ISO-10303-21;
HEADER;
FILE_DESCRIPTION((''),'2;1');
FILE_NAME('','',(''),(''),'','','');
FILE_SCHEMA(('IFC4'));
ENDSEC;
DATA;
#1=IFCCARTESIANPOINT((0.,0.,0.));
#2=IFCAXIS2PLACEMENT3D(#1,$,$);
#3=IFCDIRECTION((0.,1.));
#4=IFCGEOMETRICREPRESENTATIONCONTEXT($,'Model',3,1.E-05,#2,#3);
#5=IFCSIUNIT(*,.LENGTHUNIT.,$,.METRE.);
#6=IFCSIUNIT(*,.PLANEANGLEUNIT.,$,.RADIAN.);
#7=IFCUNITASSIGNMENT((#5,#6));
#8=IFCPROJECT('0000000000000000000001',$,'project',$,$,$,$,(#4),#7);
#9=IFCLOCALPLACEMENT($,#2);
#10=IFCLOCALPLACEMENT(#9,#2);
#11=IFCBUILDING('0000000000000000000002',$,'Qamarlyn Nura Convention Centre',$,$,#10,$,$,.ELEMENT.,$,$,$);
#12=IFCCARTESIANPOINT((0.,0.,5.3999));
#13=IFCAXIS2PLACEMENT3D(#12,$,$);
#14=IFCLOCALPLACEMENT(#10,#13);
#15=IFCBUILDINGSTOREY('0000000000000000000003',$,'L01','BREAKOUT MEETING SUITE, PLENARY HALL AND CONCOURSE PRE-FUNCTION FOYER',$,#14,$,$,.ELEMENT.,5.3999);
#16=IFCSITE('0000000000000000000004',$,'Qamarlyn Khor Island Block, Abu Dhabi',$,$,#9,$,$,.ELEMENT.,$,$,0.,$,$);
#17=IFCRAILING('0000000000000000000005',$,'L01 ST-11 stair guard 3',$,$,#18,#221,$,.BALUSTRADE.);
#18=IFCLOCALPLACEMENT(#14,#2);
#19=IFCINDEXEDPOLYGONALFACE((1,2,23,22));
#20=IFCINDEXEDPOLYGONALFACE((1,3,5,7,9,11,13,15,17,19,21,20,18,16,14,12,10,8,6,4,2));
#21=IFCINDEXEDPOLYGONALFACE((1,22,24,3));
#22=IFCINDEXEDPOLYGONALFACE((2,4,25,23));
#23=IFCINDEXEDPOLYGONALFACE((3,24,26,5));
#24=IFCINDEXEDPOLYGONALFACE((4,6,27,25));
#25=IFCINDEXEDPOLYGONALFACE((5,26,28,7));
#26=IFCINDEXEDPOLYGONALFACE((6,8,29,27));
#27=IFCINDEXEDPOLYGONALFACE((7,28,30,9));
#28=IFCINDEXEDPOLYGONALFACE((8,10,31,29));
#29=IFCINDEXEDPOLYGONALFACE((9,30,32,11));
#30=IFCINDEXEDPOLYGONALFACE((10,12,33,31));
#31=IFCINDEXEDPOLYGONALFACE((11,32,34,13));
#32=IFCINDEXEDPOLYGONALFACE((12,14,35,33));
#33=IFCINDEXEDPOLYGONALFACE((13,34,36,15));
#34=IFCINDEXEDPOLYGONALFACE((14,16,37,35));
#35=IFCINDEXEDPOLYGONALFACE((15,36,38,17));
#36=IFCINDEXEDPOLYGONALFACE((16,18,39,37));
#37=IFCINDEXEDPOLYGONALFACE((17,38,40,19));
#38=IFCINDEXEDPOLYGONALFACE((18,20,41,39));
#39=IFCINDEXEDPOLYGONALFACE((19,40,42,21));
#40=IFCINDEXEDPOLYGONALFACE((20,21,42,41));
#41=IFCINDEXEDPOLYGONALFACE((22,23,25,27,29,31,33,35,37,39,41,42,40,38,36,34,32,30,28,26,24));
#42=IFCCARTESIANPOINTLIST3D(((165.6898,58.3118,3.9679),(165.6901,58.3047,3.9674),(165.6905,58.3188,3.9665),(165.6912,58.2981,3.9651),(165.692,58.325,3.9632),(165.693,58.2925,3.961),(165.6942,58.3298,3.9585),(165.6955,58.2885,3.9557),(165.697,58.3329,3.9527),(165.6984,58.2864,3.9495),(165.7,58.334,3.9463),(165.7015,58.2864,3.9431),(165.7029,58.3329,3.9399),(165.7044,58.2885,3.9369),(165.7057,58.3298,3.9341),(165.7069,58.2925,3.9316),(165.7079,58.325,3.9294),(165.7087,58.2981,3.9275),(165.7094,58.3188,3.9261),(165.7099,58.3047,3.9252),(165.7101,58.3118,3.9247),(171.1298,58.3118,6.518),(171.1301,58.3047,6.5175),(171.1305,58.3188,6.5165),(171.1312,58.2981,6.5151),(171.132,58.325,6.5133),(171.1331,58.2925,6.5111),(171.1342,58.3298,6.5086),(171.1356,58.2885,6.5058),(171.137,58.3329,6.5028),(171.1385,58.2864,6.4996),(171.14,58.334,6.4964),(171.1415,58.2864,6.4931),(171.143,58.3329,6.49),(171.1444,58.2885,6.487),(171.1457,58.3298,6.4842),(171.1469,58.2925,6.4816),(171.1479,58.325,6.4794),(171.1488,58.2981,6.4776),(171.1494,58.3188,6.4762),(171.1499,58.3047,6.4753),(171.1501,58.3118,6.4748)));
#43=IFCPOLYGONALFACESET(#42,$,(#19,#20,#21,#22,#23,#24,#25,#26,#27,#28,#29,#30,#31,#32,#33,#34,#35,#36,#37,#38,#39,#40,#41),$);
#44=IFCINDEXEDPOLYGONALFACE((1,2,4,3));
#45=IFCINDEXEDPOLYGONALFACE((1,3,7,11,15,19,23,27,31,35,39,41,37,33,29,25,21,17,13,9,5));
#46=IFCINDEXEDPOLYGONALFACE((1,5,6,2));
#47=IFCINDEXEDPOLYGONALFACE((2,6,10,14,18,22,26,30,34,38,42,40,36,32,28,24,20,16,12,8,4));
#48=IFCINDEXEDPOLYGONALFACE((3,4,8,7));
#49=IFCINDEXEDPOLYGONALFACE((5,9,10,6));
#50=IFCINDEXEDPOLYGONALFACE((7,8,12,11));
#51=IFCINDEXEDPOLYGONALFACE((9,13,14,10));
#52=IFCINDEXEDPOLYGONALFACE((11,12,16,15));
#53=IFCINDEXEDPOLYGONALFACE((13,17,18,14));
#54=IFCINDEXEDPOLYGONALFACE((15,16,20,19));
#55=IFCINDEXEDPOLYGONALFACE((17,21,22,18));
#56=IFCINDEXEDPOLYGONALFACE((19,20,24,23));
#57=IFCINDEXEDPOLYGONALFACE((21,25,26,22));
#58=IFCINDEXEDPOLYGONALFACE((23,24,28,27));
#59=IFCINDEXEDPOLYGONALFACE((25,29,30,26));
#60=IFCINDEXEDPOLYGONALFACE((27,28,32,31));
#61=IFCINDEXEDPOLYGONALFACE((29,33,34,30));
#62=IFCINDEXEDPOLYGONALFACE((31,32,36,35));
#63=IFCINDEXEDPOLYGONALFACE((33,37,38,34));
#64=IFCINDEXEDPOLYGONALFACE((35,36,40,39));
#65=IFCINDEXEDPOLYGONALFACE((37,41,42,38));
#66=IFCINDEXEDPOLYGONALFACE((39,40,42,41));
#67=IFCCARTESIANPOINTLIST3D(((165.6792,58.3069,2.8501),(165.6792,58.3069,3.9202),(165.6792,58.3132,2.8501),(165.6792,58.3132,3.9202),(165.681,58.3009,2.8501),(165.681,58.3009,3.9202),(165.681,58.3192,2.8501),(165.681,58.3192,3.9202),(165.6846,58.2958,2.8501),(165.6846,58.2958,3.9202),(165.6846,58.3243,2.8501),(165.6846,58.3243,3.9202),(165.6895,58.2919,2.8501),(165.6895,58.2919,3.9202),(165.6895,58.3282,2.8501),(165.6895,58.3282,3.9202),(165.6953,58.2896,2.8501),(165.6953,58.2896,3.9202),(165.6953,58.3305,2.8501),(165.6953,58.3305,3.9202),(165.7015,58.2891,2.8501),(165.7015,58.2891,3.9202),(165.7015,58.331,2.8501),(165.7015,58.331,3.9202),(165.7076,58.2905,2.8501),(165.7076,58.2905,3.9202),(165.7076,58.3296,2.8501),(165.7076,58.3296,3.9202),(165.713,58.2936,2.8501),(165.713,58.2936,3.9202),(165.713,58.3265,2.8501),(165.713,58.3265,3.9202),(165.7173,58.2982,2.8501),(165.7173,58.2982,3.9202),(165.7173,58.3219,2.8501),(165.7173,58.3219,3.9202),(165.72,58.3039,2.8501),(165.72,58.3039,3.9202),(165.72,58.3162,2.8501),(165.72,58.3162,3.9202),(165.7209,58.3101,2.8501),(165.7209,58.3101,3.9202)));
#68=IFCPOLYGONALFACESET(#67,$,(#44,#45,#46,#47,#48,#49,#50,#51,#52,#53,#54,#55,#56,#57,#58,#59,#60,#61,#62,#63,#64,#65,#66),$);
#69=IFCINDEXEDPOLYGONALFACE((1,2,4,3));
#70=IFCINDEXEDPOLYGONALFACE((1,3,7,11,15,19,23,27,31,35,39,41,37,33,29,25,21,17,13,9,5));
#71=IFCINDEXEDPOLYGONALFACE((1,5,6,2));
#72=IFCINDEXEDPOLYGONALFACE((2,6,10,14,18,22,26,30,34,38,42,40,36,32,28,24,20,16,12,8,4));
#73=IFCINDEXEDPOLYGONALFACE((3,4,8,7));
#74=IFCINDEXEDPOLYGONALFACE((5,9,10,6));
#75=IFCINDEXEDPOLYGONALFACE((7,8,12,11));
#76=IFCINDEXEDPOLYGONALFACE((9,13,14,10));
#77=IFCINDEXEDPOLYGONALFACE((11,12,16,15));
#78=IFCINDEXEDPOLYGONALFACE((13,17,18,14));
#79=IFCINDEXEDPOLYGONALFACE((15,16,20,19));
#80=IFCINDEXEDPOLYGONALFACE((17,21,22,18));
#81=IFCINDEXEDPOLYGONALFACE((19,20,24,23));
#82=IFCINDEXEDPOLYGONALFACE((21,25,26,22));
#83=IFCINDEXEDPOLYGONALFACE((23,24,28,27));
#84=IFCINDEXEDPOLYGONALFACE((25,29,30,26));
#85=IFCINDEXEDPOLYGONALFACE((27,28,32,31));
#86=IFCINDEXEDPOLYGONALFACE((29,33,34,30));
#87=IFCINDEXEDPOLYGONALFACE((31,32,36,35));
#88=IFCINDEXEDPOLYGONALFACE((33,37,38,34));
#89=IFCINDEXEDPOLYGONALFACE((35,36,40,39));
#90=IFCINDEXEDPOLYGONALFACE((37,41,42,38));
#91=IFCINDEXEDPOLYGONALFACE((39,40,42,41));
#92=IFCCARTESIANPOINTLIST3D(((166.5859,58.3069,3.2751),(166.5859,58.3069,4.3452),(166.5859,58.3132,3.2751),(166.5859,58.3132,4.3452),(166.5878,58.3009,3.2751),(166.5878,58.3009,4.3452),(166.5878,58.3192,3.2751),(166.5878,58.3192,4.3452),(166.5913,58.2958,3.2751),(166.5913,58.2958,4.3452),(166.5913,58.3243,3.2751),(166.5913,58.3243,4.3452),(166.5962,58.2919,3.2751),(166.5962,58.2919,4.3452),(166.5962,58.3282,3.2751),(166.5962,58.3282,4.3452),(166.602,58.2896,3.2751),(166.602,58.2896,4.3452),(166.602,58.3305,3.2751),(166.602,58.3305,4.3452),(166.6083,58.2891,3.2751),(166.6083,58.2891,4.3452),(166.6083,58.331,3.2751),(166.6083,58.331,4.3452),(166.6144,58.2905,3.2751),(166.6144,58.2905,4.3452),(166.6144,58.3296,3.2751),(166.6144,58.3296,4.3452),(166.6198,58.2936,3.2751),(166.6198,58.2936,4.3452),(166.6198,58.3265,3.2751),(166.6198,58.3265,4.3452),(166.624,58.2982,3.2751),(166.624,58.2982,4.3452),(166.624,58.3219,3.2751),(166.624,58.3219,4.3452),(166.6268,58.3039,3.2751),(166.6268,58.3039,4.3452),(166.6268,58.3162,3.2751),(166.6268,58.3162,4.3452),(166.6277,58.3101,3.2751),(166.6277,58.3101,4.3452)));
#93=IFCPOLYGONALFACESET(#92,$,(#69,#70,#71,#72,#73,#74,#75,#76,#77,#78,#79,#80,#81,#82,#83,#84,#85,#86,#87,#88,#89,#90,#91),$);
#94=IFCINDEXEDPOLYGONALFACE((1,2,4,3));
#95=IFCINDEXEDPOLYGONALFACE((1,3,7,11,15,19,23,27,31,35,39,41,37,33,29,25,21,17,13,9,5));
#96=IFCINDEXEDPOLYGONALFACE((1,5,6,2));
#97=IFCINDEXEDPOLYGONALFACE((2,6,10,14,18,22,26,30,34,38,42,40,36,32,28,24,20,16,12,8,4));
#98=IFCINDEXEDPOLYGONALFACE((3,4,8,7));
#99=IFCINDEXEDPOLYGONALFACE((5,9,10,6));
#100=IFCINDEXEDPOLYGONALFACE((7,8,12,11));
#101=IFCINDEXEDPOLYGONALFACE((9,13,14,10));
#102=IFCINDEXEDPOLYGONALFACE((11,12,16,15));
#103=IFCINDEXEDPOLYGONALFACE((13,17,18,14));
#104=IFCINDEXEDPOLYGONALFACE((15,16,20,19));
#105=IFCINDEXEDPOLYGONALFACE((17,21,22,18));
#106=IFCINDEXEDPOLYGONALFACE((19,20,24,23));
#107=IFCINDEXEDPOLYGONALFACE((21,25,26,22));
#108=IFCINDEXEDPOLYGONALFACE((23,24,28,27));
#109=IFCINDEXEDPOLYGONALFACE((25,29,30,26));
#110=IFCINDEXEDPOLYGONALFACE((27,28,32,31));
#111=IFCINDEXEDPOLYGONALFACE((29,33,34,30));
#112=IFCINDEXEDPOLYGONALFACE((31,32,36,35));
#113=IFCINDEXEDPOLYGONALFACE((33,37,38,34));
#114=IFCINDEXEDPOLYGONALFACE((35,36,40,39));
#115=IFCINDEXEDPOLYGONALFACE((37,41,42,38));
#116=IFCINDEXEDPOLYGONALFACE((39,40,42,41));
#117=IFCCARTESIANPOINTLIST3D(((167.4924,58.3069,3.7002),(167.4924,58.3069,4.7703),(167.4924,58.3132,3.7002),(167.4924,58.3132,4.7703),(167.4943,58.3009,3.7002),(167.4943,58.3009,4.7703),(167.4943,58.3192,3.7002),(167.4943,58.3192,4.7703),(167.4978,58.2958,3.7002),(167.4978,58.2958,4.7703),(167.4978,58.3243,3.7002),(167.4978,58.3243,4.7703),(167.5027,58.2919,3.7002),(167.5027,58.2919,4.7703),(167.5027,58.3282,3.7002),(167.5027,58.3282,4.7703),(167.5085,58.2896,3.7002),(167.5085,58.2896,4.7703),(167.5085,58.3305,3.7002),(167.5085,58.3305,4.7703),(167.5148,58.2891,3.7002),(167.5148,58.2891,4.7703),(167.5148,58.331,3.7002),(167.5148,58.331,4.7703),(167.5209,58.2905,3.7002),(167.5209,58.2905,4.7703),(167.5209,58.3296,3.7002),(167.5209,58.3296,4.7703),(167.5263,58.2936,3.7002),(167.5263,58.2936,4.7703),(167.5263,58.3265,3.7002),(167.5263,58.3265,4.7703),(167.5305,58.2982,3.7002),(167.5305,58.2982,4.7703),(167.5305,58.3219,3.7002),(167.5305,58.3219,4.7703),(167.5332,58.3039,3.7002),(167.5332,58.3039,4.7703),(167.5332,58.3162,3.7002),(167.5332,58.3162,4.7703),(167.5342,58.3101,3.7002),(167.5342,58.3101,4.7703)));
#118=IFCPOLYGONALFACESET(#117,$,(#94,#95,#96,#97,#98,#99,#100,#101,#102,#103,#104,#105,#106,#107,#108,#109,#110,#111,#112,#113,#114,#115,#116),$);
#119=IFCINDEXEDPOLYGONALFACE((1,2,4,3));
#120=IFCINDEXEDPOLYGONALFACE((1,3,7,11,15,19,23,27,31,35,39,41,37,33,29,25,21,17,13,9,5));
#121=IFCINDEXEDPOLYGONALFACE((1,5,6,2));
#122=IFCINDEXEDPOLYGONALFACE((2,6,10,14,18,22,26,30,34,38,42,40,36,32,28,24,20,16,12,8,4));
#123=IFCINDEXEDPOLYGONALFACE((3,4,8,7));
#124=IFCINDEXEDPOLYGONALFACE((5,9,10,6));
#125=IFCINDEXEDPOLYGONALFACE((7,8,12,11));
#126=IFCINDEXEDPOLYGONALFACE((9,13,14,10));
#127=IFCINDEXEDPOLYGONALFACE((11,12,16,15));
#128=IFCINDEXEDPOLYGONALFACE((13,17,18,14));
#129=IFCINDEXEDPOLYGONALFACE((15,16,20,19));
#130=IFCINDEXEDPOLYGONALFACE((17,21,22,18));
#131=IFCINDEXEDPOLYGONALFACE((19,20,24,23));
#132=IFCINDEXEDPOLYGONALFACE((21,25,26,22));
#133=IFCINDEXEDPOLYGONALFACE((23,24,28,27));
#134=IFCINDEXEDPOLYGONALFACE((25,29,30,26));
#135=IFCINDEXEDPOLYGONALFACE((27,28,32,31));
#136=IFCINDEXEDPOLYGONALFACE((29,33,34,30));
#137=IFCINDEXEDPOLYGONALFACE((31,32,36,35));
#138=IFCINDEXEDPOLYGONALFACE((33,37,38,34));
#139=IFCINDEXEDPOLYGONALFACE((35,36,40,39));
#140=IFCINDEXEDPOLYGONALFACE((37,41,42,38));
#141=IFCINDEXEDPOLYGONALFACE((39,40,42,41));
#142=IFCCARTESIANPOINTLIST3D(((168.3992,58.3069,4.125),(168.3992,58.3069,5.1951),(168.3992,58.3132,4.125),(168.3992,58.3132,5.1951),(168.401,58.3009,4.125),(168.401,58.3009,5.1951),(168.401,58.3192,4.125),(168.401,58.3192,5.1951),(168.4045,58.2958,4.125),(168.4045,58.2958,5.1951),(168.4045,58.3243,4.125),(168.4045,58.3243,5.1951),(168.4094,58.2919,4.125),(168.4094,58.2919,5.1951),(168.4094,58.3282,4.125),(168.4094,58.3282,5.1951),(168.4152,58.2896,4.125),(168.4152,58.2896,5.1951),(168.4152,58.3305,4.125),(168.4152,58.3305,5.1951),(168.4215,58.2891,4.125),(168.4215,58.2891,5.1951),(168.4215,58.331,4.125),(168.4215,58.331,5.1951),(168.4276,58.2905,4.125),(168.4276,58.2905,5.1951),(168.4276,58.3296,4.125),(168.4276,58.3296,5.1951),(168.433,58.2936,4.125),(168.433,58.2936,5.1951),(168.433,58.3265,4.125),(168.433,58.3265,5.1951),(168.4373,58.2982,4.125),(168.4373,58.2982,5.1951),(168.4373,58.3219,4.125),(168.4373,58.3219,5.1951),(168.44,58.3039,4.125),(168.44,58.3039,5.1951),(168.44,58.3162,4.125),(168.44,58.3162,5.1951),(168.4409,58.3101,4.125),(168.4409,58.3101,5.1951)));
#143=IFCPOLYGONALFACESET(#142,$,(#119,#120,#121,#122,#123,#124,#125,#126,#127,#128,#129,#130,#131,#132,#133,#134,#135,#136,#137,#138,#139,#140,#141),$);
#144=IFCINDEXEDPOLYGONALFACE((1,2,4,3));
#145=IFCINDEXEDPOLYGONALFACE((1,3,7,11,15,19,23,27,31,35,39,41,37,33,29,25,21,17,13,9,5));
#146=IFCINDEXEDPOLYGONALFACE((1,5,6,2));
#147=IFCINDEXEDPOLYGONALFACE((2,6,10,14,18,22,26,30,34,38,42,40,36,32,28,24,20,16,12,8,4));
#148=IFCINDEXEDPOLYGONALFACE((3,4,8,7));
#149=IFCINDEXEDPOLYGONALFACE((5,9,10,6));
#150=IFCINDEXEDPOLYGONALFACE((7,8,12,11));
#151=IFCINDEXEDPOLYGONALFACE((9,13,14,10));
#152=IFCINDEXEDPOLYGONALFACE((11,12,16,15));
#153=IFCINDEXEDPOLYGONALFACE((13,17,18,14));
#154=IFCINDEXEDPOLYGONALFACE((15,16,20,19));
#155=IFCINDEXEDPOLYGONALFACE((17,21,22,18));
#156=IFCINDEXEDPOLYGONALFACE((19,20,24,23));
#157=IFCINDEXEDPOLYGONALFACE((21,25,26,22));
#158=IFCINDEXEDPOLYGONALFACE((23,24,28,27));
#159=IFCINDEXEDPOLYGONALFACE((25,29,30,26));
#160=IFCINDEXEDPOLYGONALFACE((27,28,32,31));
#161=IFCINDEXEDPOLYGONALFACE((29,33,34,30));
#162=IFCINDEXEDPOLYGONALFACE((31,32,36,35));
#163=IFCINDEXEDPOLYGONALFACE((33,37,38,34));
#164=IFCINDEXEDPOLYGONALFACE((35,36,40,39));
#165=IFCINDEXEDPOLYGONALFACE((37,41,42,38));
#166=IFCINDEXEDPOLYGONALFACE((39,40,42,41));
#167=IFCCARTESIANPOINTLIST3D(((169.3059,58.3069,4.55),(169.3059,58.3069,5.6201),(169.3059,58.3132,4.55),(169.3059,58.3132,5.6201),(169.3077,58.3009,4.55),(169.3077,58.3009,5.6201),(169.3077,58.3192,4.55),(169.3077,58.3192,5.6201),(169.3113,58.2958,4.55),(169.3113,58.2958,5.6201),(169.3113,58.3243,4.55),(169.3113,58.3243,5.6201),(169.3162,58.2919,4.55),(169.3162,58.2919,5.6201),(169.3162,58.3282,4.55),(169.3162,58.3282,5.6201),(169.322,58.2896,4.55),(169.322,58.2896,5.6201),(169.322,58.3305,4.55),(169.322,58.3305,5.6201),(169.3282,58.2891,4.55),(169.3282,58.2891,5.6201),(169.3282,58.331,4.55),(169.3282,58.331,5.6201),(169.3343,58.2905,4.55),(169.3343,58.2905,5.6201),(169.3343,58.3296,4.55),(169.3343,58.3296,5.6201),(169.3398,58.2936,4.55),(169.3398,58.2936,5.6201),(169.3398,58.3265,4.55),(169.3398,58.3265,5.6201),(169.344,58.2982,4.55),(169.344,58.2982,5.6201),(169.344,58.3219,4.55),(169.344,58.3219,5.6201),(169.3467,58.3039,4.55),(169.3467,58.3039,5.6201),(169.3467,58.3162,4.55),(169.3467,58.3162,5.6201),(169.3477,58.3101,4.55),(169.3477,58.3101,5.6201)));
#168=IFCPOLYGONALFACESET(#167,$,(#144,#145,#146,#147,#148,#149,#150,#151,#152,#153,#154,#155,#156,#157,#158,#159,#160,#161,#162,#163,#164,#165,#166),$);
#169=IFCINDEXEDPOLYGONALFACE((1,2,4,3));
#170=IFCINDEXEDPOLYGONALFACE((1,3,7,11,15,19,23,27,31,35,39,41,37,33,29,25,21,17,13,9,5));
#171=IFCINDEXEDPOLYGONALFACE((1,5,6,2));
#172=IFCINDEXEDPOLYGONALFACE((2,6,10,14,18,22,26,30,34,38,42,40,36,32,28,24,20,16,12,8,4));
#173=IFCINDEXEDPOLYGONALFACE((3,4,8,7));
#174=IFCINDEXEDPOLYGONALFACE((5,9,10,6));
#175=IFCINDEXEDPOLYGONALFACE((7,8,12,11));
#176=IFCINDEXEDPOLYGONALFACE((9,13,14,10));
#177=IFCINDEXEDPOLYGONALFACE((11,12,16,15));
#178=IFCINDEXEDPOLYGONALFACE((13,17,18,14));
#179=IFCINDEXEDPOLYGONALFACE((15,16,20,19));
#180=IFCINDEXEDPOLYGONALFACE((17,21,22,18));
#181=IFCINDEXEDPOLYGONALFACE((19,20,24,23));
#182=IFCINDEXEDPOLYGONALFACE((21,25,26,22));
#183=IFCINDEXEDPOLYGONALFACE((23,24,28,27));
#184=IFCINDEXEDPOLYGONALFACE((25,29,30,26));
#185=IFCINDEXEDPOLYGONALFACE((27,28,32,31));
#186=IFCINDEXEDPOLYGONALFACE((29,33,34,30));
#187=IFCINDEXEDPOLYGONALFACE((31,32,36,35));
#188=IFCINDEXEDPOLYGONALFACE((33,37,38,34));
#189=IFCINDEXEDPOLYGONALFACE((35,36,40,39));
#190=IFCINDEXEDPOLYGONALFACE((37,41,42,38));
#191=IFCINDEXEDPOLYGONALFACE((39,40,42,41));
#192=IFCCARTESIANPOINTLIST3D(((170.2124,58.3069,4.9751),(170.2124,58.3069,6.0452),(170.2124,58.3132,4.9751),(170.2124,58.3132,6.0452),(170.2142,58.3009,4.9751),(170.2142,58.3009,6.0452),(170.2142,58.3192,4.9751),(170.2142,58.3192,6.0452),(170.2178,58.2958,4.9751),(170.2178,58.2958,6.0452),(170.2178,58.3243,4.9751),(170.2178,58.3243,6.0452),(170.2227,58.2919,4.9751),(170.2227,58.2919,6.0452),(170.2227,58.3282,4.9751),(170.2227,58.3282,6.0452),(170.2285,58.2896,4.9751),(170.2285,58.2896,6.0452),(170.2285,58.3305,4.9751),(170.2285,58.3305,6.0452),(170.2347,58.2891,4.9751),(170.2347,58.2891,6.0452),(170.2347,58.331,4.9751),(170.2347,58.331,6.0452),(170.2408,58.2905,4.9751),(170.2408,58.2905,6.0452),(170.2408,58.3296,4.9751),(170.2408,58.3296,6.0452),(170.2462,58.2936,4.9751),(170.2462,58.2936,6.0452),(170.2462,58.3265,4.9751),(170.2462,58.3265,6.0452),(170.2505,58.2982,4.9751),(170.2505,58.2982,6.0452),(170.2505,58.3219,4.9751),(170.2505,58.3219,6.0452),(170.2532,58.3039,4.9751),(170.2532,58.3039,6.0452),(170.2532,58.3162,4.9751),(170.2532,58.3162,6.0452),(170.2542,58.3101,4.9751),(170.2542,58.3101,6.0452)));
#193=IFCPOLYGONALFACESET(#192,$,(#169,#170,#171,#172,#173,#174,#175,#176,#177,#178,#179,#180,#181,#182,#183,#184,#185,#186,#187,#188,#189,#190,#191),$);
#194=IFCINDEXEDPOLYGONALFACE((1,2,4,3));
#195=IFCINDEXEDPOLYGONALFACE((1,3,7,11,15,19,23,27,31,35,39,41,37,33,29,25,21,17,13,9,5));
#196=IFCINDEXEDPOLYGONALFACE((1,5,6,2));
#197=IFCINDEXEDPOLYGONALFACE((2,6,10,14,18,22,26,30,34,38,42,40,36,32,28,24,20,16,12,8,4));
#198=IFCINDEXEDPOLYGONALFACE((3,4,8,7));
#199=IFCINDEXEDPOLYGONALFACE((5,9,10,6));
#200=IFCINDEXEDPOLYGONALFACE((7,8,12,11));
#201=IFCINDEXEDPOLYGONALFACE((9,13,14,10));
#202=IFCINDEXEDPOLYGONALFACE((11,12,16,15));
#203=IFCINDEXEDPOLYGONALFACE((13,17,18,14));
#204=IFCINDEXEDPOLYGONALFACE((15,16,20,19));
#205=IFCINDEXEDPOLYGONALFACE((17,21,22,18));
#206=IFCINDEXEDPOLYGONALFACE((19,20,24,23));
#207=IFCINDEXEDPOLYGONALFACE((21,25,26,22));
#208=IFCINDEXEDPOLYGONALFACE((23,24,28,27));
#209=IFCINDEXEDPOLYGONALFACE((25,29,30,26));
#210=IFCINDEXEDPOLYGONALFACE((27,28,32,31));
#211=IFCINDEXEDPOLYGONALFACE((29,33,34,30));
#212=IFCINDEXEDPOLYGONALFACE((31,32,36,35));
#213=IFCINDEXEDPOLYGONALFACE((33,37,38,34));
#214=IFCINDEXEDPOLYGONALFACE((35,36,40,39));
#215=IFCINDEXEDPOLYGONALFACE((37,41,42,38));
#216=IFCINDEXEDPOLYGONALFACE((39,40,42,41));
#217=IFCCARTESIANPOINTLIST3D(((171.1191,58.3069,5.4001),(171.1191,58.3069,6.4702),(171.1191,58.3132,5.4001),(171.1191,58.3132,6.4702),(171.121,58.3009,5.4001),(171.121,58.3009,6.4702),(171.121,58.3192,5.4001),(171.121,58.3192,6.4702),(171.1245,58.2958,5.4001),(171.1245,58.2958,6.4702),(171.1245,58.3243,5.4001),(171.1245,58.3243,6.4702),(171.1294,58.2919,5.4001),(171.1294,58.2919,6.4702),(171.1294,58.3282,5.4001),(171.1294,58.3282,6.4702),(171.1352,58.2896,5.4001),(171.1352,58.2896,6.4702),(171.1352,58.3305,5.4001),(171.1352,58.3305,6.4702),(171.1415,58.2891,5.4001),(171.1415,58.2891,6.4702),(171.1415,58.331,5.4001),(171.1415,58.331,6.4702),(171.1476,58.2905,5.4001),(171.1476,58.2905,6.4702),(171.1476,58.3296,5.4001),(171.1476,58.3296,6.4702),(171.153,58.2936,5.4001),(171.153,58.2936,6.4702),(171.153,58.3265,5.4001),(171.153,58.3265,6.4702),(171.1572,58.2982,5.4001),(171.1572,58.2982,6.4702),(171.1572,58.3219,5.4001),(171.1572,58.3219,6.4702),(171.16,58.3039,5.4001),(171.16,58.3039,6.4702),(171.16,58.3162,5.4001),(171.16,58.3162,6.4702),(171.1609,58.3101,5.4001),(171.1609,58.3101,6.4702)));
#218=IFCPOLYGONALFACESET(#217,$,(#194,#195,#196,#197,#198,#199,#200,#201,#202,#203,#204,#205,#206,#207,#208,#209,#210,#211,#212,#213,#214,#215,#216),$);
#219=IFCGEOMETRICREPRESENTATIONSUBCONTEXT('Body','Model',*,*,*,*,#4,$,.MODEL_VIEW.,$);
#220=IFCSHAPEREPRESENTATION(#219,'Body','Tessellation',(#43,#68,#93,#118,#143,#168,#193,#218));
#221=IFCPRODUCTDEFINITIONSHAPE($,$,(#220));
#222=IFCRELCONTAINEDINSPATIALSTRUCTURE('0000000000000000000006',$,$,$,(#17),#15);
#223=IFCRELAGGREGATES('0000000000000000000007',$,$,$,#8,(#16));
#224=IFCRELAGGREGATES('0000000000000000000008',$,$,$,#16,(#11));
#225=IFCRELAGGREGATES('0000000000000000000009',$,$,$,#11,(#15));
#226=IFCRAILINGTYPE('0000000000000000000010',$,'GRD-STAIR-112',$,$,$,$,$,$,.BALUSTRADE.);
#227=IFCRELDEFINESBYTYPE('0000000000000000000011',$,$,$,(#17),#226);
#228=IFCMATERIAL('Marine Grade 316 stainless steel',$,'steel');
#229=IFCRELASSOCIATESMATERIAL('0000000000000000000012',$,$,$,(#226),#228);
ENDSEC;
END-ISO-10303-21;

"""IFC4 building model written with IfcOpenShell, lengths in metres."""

from ifc_helpers import new_model, si_unit, direction, frame, origin, origin_2d, place, context, subcontext, project, spatial, circle, extrude, material, type_object, element, save


model = new_model("IFC4")

# Units and contexts
model_context = context("Model", 3, precision=1e-05, world=origin(), true_north=direction((0.0, 1.0)))
body_context = subcontext(model_context, "Body", "Model", "MODEL_VIEW")
ifc_project = project(units=[si_unit("LENGTHUNIT", "METRE"), si_unit("PLANEANGLEUNIT", "RADIAN")], contexts=[model_context])

# Site, building, storey
site_placement = place(None, origin())
site = spatial("IfcSite", under=ifc_project, at=site_placement, Name="Qamarlyn Khor Island Block, Abu Dhabi", CompositionType="ELEMENT", RefElevation=0.0)
building_placement = place(site_placement, origin())
building = spatial("IfcBuilding", under=site, at=building_placement, Name="Qamarlyn Nura Convention Centre", CompositionType="ELEMENT")
storey_placement = place(building_placement, frame((0.0, 0.0, 5.3999)))
storey = spatial("IfcBuildingStorey", under=building, at=storey_placement, Name="L01", Description="BREAKOUT MEETING SUITE, PLENARY HALL AND CONCOURSE PRE-FUNCTION FOYER", CompositionType="ELEMENT", Elevation=5.3999)

# Railing
ifc_material_1 = material(Name="Marine Grade 316 stainless steel", Category="steel")
railing_type_1 = type_object("IfcRailingType", Name="GRD-STAIR-112", PredefinedType="BALUSTRADE", material=ifc_material_1)
railing_1_placement = place(storey_placement, frame((165.7, 58.3101, 2.8501)))
element("IfcRailing", 1, at=railing_1_placement, inside=storey, type_object=railing_type_1, Name="L01 ST-11 stair guard 3", PredefinedType="BALUSTRADE", context=body_context, shape_type="SweptSolid", body=[
    extrude(circle(Radius=0.0239, at=origin_2d()), frame((0.0, 0.0, 1.0962), z_axis=(0.905454, 0.0, 0.424444), x_axis=(0.0, 1.0, 0.0)), (0.0, 0.0, 1.0), 6.0081),
    extrude(circle(Radius=0.021, at=origin_2d()), origin(), (0.0, 0.0, 1.0), 1.0701),
    extrude(circle(Radius=0.021, at=origin_2d()), frame((0.9067, 0.0, 0.425)), (0.0, 0.0, 1.0), 1.0701),
    extrude(circle(Radius=0.021, at=origin_2d()), frame((1.8132, 0.0, 0.8501)), (0.0, 0.0, 1.0), 1.0701),
    extrude(circle(Radius=0.021, at=origin_2d()), frame((2.72, 0.0, 1.2749)), (0.0, 0.0, 1.0), 1.0701),
    extrude(circle(Radius=0.021, at=origin_2d()), frame((3.6267, 0.0, 1.7)), (0.0, 0.0, 1.0), 1.0701),
    extrude(circle(Radius=0.021, at=origin_2d()), frame((4.5332, 0.0, 2.125)), (0.0, 0.0, 1.0), 1.0701),
    extrude(circle(Radius=0.021, at=origin_2d()), frame((5.4399, 0.0, 2.55)), (0.0, 0.0, 1.0), 1.0701),
])

save(model, "model.ifc")
